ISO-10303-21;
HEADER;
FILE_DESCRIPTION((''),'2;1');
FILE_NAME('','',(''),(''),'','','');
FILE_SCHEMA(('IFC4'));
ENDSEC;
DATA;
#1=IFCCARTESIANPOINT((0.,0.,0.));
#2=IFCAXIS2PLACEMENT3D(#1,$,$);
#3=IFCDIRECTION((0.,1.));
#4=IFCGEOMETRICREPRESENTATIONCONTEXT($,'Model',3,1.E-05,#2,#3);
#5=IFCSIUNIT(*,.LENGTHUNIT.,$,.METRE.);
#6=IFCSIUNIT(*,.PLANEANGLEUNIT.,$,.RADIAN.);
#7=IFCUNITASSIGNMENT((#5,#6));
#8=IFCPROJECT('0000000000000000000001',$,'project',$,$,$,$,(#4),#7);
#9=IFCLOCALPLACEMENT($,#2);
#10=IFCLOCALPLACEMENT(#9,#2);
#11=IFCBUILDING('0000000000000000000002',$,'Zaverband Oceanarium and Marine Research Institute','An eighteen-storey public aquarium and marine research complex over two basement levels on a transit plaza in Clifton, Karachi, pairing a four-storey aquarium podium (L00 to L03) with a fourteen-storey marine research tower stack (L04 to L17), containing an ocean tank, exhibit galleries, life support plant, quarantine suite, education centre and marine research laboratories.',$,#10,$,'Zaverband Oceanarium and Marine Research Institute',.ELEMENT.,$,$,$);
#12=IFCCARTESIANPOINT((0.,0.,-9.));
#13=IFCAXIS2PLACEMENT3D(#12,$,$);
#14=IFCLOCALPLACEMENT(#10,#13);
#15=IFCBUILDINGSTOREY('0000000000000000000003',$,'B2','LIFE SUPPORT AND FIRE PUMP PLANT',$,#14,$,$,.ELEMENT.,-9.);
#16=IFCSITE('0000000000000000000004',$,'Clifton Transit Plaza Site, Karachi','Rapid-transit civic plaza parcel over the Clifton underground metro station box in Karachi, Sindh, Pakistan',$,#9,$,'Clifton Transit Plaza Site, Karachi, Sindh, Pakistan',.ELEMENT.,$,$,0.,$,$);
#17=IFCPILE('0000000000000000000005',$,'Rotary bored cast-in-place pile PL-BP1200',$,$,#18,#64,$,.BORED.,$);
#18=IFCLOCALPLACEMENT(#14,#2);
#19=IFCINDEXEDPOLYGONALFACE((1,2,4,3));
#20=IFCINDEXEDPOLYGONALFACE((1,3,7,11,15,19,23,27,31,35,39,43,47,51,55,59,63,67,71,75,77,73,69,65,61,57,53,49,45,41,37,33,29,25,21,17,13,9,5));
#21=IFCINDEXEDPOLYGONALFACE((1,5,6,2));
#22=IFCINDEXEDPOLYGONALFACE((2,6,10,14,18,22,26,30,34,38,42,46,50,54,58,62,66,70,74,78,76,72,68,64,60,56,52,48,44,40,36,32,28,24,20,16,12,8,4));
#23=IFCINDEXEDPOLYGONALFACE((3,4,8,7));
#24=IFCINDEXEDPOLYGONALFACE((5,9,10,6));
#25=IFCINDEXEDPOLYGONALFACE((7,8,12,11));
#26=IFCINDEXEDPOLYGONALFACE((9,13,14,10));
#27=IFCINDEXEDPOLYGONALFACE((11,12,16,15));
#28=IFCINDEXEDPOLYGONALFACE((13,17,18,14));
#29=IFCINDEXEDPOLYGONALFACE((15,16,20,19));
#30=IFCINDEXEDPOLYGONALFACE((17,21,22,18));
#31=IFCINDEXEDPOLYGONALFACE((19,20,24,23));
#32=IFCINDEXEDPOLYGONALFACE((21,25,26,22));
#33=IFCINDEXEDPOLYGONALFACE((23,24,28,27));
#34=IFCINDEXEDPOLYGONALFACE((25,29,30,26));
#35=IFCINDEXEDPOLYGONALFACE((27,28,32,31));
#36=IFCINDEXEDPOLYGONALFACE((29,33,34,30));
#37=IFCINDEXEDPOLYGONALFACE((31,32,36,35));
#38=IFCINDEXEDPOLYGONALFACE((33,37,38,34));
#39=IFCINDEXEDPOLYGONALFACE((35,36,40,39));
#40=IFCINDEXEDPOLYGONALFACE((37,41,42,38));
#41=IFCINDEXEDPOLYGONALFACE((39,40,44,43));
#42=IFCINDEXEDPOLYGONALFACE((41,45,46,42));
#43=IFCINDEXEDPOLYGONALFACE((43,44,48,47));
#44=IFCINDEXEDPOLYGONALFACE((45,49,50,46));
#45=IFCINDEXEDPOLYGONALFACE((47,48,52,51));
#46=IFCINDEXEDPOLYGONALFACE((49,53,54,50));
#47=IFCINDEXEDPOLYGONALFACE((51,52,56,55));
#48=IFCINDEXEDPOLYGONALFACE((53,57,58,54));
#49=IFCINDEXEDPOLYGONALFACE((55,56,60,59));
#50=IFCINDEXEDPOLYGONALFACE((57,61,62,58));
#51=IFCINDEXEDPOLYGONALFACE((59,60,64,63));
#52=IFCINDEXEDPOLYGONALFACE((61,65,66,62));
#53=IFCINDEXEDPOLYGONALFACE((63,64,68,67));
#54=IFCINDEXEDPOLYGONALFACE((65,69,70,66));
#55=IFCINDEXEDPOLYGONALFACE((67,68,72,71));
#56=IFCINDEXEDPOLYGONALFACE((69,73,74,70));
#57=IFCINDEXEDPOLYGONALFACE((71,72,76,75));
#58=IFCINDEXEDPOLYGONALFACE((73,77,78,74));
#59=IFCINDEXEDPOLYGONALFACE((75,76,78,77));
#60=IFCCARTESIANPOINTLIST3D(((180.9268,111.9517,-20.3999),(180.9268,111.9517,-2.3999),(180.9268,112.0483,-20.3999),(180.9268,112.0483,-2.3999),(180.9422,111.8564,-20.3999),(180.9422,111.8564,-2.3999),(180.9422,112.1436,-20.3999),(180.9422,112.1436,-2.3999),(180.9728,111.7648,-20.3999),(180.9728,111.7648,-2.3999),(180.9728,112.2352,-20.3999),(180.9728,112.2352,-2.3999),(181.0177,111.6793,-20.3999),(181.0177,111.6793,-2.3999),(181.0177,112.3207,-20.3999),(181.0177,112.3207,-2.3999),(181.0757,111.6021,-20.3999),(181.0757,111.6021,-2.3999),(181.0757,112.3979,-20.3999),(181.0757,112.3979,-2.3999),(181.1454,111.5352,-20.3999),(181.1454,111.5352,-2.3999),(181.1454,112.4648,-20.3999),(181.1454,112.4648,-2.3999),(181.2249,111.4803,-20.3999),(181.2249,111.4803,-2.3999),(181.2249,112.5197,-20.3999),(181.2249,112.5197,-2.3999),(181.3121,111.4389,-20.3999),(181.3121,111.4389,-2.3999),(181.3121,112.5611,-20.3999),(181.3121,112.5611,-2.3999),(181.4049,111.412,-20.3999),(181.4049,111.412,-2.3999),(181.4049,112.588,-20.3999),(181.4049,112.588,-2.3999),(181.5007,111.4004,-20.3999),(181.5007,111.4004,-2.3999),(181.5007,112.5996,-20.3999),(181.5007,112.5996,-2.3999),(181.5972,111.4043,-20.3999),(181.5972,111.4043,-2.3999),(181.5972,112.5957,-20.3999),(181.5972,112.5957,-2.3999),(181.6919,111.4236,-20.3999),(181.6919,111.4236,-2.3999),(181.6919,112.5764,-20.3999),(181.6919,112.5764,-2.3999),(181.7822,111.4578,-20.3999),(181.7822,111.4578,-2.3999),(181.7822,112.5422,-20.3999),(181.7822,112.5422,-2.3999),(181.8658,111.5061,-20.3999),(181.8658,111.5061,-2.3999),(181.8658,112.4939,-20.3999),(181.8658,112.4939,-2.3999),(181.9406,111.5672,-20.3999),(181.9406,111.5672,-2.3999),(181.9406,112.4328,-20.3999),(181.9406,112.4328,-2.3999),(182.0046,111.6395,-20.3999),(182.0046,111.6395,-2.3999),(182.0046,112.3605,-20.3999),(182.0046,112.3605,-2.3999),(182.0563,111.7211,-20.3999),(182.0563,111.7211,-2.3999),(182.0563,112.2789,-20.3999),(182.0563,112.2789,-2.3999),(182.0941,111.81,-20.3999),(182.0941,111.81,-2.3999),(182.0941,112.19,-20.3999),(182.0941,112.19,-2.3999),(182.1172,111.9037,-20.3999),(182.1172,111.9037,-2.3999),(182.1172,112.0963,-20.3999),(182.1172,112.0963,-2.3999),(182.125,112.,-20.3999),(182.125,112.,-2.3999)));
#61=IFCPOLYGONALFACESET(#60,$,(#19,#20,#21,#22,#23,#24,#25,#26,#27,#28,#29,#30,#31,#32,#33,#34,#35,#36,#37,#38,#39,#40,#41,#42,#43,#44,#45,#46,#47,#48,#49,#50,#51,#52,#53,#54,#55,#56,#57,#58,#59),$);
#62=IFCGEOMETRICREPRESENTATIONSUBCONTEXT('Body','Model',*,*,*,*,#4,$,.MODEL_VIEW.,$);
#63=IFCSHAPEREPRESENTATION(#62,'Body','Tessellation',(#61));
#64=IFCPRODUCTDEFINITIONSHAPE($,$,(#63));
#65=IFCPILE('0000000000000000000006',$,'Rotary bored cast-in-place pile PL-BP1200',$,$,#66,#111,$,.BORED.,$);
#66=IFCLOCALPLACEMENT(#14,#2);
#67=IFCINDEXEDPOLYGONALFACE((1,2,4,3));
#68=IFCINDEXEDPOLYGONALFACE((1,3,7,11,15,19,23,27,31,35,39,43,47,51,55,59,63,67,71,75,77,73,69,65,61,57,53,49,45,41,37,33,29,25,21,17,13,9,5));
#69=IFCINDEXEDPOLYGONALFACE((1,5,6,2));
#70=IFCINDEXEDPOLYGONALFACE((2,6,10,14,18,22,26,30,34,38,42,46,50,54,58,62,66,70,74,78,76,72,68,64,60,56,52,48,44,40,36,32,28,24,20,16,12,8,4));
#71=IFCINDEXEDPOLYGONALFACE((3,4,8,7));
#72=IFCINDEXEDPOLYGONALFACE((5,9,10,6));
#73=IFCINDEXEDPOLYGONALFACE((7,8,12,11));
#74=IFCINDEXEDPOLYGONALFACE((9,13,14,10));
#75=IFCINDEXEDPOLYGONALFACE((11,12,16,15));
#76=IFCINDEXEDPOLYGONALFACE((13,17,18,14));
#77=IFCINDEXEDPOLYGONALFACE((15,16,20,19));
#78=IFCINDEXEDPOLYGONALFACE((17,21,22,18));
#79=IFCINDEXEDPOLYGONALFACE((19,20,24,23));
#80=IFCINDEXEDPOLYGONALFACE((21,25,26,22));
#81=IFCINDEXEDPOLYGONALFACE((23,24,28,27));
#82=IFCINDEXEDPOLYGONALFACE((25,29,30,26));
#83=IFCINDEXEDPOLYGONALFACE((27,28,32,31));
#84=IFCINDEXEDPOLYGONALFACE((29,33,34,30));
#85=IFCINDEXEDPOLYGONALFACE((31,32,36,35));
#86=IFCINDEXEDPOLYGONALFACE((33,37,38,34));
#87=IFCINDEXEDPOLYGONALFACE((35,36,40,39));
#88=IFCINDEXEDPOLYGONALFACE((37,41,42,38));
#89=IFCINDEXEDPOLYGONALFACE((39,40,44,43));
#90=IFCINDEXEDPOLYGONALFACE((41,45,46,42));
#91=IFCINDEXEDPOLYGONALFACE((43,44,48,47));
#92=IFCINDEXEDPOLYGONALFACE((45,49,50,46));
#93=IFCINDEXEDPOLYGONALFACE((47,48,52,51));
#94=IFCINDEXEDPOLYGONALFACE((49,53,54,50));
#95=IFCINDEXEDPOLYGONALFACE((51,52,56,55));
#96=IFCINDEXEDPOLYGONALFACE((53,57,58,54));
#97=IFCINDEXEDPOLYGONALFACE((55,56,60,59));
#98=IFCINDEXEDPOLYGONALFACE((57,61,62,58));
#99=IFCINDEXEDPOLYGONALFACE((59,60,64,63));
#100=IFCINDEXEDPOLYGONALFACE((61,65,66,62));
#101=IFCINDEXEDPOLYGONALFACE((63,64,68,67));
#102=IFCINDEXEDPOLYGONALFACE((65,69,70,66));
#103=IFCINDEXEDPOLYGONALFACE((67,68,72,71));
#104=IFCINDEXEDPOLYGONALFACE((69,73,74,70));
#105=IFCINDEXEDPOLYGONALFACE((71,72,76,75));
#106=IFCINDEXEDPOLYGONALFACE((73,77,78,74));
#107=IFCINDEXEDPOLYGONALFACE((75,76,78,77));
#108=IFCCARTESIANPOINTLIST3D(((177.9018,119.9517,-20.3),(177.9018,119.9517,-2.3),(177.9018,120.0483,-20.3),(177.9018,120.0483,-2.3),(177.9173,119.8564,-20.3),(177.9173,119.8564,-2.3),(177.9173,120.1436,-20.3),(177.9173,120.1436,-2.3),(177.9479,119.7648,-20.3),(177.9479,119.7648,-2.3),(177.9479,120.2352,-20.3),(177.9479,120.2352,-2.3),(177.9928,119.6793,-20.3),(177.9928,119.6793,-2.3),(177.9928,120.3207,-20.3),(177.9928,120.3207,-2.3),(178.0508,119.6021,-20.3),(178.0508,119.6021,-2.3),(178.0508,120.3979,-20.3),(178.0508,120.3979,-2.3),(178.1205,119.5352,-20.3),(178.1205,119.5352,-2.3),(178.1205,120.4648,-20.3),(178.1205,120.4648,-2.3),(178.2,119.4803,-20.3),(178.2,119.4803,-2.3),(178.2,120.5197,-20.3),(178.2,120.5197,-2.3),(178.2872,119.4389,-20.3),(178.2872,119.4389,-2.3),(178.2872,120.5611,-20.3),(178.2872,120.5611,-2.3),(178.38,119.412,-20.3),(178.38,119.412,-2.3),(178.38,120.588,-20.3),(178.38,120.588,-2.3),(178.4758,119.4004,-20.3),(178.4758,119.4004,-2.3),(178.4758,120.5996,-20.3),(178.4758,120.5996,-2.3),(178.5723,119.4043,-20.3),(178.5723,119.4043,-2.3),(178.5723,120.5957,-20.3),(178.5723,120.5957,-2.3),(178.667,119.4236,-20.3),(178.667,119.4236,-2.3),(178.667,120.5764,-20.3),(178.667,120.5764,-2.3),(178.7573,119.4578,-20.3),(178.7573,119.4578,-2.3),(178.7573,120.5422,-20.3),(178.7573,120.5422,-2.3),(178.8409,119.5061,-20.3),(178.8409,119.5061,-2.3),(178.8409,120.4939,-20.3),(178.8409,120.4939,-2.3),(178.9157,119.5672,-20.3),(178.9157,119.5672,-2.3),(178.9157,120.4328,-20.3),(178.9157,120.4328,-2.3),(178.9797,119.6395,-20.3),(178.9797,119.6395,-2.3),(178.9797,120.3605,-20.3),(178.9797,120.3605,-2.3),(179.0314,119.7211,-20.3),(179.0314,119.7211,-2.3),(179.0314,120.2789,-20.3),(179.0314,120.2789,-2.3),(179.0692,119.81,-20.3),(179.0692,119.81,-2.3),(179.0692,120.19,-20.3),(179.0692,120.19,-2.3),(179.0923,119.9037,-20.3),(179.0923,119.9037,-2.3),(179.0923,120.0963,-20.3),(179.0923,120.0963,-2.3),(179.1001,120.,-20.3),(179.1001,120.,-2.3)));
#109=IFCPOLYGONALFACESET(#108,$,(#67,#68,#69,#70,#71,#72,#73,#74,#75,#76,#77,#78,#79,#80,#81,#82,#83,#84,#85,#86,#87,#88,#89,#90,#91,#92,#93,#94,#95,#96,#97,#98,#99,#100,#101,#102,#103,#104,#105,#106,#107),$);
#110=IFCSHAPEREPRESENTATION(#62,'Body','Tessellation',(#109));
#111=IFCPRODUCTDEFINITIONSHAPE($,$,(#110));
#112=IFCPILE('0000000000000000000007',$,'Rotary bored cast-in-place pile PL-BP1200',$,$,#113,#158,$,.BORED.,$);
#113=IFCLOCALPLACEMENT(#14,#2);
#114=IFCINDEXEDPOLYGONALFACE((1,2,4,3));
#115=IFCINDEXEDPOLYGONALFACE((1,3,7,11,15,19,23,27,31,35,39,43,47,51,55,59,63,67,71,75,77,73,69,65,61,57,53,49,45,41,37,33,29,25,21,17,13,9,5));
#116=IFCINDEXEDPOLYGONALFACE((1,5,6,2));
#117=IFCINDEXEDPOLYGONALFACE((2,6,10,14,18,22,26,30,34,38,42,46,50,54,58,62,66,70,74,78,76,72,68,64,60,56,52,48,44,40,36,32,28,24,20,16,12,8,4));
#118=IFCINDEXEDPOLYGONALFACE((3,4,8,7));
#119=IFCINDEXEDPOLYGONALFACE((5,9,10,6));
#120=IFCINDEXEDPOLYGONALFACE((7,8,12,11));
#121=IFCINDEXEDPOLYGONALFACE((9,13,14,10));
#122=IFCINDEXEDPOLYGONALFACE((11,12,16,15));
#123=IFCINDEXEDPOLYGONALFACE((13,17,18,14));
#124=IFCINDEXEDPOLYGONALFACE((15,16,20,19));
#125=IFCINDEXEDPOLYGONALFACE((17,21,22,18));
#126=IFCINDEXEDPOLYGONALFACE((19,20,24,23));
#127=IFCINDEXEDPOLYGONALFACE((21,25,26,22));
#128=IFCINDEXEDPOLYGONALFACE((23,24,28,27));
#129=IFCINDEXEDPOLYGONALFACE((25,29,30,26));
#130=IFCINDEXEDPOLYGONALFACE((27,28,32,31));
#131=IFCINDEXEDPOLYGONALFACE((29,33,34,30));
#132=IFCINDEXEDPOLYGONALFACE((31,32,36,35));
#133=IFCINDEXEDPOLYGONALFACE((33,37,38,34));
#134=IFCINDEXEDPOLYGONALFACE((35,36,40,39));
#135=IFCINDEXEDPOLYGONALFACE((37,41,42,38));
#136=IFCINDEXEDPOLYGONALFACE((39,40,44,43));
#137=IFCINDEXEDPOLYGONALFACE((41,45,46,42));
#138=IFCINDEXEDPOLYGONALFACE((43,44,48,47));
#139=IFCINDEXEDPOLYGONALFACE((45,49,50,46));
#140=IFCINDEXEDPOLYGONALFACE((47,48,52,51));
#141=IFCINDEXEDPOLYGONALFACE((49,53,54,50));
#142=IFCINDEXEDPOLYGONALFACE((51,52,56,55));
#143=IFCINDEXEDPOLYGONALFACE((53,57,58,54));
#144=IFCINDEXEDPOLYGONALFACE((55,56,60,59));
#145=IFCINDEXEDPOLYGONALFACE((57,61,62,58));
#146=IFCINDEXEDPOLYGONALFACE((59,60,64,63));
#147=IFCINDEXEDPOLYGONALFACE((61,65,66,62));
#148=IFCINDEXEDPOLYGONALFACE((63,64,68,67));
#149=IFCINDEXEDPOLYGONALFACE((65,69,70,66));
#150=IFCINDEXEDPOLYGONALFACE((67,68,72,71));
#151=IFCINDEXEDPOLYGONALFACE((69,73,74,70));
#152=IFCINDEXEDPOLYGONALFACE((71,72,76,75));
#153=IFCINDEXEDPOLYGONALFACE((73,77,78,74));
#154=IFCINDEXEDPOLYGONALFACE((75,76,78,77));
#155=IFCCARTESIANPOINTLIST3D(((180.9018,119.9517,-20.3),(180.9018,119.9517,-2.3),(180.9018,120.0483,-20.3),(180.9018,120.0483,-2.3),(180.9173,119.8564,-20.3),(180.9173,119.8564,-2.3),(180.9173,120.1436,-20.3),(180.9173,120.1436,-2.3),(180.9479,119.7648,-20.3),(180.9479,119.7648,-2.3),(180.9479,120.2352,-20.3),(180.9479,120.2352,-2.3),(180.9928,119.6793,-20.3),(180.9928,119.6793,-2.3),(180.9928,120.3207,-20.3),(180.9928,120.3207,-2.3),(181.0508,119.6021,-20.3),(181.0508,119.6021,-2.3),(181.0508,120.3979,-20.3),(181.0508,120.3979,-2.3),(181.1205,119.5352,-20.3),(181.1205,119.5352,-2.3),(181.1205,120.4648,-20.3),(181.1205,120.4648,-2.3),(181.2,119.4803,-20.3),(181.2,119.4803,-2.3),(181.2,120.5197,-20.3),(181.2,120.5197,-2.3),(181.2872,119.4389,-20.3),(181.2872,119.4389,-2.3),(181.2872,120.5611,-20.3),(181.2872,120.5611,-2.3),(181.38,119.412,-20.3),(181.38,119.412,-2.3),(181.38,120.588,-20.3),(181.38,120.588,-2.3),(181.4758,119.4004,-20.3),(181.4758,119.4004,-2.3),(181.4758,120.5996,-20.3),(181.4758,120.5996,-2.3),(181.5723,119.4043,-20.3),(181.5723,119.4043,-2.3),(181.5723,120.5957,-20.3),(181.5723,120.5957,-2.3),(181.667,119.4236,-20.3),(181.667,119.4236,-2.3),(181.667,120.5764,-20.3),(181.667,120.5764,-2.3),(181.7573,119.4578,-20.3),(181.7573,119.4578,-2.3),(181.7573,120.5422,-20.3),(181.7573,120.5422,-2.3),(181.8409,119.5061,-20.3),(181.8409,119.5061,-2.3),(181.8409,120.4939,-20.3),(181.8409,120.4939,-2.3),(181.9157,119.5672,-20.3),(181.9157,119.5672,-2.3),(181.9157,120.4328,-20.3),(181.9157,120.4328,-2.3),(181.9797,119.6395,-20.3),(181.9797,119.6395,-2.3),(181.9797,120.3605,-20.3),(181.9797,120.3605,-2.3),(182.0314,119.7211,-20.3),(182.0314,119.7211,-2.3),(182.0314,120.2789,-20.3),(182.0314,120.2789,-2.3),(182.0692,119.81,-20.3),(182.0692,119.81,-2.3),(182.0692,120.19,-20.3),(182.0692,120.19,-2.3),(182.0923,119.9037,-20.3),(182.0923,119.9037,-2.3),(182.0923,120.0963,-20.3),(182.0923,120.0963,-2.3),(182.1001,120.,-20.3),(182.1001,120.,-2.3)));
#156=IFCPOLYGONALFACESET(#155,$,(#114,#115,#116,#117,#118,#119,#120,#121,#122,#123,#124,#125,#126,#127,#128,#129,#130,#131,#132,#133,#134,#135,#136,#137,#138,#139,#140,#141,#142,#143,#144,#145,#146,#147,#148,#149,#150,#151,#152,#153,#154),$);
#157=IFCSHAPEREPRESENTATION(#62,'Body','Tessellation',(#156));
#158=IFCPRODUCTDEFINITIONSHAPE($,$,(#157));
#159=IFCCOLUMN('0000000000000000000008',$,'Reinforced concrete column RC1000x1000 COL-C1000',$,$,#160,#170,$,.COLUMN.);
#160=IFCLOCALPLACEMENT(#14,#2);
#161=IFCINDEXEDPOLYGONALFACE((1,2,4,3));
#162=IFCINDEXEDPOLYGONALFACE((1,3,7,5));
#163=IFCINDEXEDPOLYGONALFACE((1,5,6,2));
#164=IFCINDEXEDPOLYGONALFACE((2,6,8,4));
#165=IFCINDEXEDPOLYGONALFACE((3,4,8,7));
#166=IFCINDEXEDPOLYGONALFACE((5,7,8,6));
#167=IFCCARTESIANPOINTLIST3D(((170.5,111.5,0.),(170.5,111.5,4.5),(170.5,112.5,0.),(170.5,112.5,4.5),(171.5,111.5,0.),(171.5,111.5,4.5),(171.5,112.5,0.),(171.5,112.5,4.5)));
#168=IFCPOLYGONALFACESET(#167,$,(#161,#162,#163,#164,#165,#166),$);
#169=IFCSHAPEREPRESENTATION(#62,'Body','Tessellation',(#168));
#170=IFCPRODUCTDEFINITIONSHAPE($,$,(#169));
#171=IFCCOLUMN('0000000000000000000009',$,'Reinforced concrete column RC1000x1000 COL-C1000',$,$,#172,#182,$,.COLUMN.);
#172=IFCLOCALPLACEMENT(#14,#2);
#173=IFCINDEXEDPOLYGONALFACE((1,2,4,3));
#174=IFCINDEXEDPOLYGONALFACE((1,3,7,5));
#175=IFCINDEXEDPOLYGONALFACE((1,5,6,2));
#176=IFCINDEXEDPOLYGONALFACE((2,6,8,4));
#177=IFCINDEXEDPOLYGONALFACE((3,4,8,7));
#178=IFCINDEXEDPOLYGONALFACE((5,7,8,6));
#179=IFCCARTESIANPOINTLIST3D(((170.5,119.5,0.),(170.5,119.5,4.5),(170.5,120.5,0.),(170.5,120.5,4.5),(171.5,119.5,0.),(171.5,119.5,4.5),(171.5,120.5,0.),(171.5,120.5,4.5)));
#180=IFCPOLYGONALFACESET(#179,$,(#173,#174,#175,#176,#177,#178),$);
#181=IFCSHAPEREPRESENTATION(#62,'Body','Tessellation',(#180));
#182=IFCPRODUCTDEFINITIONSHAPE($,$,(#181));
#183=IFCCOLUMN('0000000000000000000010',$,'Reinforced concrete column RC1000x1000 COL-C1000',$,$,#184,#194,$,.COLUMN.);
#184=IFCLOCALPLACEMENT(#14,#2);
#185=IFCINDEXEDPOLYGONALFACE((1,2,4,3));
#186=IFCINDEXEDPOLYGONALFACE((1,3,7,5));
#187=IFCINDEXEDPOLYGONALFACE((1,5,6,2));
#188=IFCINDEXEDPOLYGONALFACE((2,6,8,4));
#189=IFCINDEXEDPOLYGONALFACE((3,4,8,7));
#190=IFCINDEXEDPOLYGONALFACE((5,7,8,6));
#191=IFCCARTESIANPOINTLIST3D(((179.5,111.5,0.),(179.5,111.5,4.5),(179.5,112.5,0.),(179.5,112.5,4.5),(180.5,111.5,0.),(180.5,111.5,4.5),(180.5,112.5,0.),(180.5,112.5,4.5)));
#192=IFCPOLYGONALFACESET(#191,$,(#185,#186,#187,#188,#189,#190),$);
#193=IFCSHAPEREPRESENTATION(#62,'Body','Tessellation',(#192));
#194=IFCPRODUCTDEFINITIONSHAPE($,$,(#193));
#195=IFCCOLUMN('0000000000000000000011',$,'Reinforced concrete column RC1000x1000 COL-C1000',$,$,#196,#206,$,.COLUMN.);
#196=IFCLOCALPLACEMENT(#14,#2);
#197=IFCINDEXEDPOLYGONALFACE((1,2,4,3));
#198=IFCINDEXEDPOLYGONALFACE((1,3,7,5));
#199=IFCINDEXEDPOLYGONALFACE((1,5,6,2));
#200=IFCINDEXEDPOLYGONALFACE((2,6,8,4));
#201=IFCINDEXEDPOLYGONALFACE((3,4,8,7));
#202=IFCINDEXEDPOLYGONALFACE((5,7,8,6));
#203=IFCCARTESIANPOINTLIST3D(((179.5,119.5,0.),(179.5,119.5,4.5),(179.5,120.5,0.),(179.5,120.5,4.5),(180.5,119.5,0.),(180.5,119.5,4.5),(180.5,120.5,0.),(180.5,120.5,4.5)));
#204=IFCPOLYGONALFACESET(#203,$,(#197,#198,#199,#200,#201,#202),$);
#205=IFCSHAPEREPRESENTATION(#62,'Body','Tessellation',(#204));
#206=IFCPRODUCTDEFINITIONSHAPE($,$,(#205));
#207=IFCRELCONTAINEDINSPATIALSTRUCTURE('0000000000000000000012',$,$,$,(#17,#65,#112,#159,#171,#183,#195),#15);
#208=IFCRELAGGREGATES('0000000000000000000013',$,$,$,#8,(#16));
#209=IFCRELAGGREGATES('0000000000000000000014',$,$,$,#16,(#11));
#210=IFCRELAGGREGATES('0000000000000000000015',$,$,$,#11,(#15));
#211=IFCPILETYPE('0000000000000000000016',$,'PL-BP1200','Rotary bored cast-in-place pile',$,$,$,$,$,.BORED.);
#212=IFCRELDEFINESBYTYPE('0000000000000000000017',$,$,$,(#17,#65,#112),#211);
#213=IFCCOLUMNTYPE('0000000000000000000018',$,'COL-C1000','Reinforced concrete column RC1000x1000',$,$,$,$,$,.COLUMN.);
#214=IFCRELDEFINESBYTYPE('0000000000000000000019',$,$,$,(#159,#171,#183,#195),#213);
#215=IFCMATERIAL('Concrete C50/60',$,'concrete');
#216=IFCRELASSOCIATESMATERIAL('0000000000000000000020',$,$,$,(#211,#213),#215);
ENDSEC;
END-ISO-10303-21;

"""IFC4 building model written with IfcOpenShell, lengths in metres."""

from ifc_helpers import new_model, si_unit, direction, frame, origin, origin_2d, place, context, subcontext, project, spatial, rectangle, circle, extrude, material, material_profile, profile_set, type_object, element, save


model = new_model("IFC4")

# Units and contexts
model_context = context("Model", 3, precision=1e-05, world=origin(), true_north=direction((0.0, 1.0)))
body_context = subcontext(model_context, "Body", "Model", "MODEL_VIEW")
ifc_project = project(units=[si_unit("LENGTHUNIT", "METRE"), si_unit("PLANEANGLEUNIT", "RADIAN")], contexts=[model_context])

# Site, building, storey
site_placement = place(None, origin())
site = spatial("IfcSite", under=ifc_project, at=site_placement, Name="Clifton Transit Plaza Site, Karachi", Description="Rapid-transit civic plaza parcel over the Clifton underground metro station box in Karachi, Sindh, Pakistan", LongName="Clifton Transit Plaza Site, Karachi, Sindh, Pakistan", CompositionType="ELEMENT", RefElevation=0.0)
building_placement = place(site_placement, origin())
building = spatial("IfcBuilding", under=site, at=building_placement, Name="Zaverband Oceanarium and Marine Research Institute", Description="An eighteen-storey public aquarium and marine research complex over two basement levels on a transit plaza in Clifton, Karachi, pairing a four-storey aquarium podium (L00 to L03) with a fourteen-storey marine research tower stack (L04 to L17), containing an ocean tank, exhibit galleries, life support plant, quarantine suite, education centre and marine research laboratories.", LongName="Zaverband Oceanarium and Marine Research Institute", CompositionType="ELEMENT")
storey_placement = place(building_placement, frame((0.0, 0.0, -9.0)))
storey = spatial("IfcBuildingStorey", under=building, at=storey_placement, Name="B2", Description="LIFE SUPPORT AND FIRE PUMP PLANT", CompositionType="ELEMENT", Elevation=-9.0)

# Shared definitions
ifc_material_1 = material(Name="Concrete C50/60", Category="concrete")

# Piles
ifc_material_profile_1 = material_profile(ifc_material_1, circle(Radius=0.6001, at=origin_2d()), Name="BP1200")
ifc_profile_set_1 = profile_set([ifc_material_profile_1], Name="Concrete C50/60")
pile_type = type_object("IfcPileType", Name="PL-BP1200", Description="Rotary bored cast-in-place pile", PredefinedType="BORED", material=ifc_profile_set_1)
for number, where, z_axis, x_axis, name in (
    (1, (181.5249, 112.0, -2.3999), (0.0, 0.0, -1.0), (1.0, 0.0, 0.0), "Rotary bored cast-in-place pile PL-BP1200"),
    (2, (178.5, 120.0, -2.3), (0.0, 0.0, -1.0), (1.0, 0.0, 0.0), "Rotary bored cast-in-place pile PL-BP1200"),
    (3, (181.5, 120.0, -2.3), (0.0, 0.0, -1.0), (1.0, 0.0, 0.0), "Rotary bored cast-in-place pile PL-BP1200"),
):
    element("IfcPile", number, at=place(storey_placement, frame(where, z_axis=z_axis, x_axis=x_axis)), inside=storey, type_object=pile_type, Name=name, PredefinedType="BORED", context=body_context, shape_type="SweptSolid", body=[
        extrude(circle(Radius=0.6001, at=origin_2d()), origin(), (0.0, 0.0, 1.0), 18.0),
    ])

# Columns
ifc_material_profile_2 = material_profile(ifc_material_1, rectangle(XDim=1.0, YDim=1.0, at=origin_2d()), Name="RC1000x1000")
ifc_profile_set_2 = profile_set([ifc_material_profile_2], Name="Concrete C50/60")
column_type = type_object("IfcColumnType", Name="COL-C1000", Description="Reinforced concrete column RC1000x1000", PredefinedType="COLUMN", material=ifc_profile_set_2)
for number, where, z_axis, x_axis, name in (
    (4, (171.0, 112.0, 0.0), (0.0, 0.0, 1.0), (1.0, 0.0, 0.0), "Reinforced concrete column RC1000x1000 COL-C1000"),
    (5, (171.0, 120.0, 0.0), (0.0, 0.0, 1.0), (1.0, 0.0, 0.0), "Reinforced concrete column RC1000x1000 COL-C1000"),
    (6, (180.0, 112.0, 0.0), (0.0, 0.0, 1.0), (1.0, 0.0, 0.0), "Reinforced concrete column RC1000x1000 COL-C1000"),
    (7, (180.0, 120.0, 0.0), (0.0, 0.0, 1.0), (1.0, 0.0, 0.0), "Reinforced concrete column RC1000x1000 COL-C1000"),
):
    element("IfcColumn", number, at=place(storey_placement, frame(where, z_axis=z_axis, x_axis=x_axis)), inside=storey, type_object=column_type, Name=name, PredefinedType="COLUMN", context=body_context, shape_type="SweptSolid", body=[
        extrude(rectangle(XDim=1.0, YDim=1.0, at=origin_2d()), origin(), (0.0, 0.0, 1.0), 4.5),
    ])

save(model, "model.ifc")
